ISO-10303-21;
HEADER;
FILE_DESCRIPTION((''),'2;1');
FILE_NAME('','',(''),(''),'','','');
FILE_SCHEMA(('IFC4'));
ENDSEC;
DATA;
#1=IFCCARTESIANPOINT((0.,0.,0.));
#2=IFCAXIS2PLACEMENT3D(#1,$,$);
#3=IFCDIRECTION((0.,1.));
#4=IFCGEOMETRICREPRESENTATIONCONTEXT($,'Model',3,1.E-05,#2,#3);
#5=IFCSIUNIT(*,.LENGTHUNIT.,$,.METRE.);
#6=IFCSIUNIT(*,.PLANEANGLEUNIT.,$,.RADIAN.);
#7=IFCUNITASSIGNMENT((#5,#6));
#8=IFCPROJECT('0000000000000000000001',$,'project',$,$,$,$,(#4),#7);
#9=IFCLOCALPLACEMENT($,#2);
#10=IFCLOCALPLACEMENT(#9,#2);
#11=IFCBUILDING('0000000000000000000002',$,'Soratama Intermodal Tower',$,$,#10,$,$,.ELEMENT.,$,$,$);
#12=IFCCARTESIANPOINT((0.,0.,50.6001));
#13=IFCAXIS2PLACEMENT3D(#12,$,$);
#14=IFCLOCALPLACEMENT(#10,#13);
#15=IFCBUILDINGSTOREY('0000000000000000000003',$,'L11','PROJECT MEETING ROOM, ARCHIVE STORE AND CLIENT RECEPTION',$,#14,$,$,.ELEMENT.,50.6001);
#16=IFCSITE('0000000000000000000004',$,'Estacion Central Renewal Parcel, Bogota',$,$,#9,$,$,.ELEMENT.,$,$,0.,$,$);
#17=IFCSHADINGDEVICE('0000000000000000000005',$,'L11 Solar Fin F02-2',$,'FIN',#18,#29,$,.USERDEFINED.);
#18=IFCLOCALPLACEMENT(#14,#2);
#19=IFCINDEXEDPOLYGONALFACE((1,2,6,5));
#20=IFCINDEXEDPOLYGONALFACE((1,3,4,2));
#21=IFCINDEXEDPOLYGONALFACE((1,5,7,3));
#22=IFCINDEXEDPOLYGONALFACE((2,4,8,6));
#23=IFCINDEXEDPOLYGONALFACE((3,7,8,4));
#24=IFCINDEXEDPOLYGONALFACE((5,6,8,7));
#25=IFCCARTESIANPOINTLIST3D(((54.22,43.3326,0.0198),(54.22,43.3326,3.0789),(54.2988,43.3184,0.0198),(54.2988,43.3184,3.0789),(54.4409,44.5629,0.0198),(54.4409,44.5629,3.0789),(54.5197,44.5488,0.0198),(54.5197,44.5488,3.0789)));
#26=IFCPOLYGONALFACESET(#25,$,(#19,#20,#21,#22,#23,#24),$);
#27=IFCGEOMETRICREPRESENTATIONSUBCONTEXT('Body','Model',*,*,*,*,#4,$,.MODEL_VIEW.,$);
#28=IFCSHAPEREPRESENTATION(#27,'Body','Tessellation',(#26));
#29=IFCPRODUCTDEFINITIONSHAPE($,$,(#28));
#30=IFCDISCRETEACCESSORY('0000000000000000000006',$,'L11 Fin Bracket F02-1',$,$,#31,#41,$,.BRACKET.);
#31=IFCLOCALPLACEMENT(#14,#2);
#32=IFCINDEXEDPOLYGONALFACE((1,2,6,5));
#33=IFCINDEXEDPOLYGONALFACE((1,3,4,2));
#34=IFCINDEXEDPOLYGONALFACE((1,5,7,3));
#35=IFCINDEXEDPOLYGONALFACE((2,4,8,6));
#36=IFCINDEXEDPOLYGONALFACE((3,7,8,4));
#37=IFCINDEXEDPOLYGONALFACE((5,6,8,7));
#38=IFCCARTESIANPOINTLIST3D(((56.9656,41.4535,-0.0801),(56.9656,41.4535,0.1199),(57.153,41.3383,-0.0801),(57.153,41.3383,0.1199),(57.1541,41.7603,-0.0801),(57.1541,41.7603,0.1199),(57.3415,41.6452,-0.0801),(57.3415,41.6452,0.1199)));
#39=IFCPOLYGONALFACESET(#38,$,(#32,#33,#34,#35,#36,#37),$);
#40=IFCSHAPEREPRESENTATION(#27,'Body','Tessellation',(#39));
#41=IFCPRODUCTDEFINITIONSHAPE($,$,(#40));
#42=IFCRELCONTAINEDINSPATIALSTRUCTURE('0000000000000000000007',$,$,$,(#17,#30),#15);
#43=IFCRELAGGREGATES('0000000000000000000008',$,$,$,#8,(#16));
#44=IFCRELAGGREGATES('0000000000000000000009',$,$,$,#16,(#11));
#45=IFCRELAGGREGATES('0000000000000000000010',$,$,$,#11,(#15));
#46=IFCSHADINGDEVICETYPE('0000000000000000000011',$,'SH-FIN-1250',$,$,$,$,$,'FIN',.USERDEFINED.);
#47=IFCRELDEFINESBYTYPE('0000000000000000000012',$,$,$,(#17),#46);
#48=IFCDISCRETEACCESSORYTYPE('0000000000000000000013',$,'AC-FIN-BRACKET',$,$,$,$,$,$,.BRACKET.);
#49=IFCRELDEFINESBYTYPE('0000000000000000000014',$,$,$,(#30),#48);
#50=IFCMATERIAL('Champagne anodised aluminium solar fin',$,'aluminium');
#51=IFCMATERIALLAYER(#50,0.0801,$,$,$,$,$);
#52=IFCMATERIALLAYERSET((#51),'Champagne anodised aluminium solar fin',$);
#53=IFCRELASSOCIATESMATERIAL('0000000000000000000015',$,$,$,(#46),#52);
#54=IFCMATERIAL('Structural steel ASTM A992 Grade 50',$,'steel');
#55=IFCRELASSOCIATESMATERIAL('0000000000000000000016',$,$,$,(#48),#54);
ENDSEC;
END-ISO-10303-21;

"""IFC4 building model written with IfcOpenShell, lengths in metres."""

from ifc_helpers import new_model, si_unit, direction, frame, origin, origin_2d, place, context, subcontext, project, spatial, rectangle, extrude, material, layer, layer_set, type_object, element, save


model = new_model("IFC4")

# Units and contexts
model_context = context("Model", 3, precision=1e-05, world=origin(), true_north=direction((0.0, 1.0)))
body_context = subcontext(model_context, "Body", "Model", "MODEL_VIEW")
ifc_project = project(units=[si_unit("LENGTHUNIT", "METRE"), si_unit("PLANEANGLEUNIT", "RADIAN")], contexts=[model_context])

# Site, building, storey
site_placement = place(None, origin())
site = spatial("IfcSite", under=ifc_project, at=site_placement, Name="Estacion Central Renewal Parcel, Bogota", CompositionType="ELEMENT", RefElevation=0.0)
building_placement = place(site_placement, origin())
building = spatial("IfcBuilding", under=site, at=building_placement, Name="Soratama Intermodal Tower", CompositionType="ELEMENT")
storey_placement = place(building_placement, frame((0.0, 0.0, 50.6001)))
storey = spatial("IfcBuildingStorey", under=building, at=storey_placement, Name="L11", Description="PROJECT MEETING ROOM, ARCHIVE STORE AND CLIENT RECEPTION", CompositionType="ELEMENT", Elevation=50.6001)

# Shading device
ifc_material_1 = material(Name="Champagne anodised aluminium solar fin", Category="aluminium")
ifc_layer_1 = layer(ifc_material_1, 0.0801)
ifc_layer_set_1 = layer_set([ifc_layer_1], Name="Champagne anodised aluminium solar fin")
shading_device_type = type_object("IfcShadingDeviceType", Name="SH-FIN-1250", ElementType="FIN", PredefinedType="USERDEFINED", material=ifc_layer_set_1)
for number, where, z_axis, x_axis, name in (
    (1, (54.3699, 43.9407, 0.0198), (0.0, 0.0, 1.0), (0.176741, 0.984257, 0.0), "L11 Solar Fin F02-2"),
):
    element("IfcShadingDevice", number, at=place(storey_placement, frame(where, z_axis=z_axis, x_axis=x_axis)), inside=storey, type_object=shading_device_type, Name=name, ObjectType="FIN", PredefinedType="USERDEFINED", context=body_context, shape_type="SweptSolid", body=[
        extrude(rectangle(XDim=1.25, YDim=0.0801, at=origin_2d()), origin(), (0.0, 0.0, 1.0), 3.0591),
    ])

# Discrete accessory
ifc_material_2 = material(Name="Structural steel ASTM A992 Grade 50", Category="steel")
discrete_accessory_type = type_object("IfcDiscreteAccessoryType", Name="AC-FIN-BRACKET", PredefinedType="BRACKET", material=ifc_material_2)
discrete_accessory_placement = place(storey_placement, frame((57.1536, 41.5493, -0.0801), z_axis=(0.0, 0.0, 1.0), x_axis=(0.523391, 0.852093, 0.0)))
element("IfcDiscreteAccessory", 2, at=discrete_accessory_placement, inside=storey, type_object=discrete_accessory_type, Name="L11 Fin Bracket F02-1", PredefinedType="BRACKET", context=body_context, shape_type="SweptSolid", body=[
    extrude(rectangle(XDim=0.3601, YDim=0.22, at=origin_2d()), origin(), (0.0, 0.0, 1.0), 0.2),
])

save(model, "model.ifc")
